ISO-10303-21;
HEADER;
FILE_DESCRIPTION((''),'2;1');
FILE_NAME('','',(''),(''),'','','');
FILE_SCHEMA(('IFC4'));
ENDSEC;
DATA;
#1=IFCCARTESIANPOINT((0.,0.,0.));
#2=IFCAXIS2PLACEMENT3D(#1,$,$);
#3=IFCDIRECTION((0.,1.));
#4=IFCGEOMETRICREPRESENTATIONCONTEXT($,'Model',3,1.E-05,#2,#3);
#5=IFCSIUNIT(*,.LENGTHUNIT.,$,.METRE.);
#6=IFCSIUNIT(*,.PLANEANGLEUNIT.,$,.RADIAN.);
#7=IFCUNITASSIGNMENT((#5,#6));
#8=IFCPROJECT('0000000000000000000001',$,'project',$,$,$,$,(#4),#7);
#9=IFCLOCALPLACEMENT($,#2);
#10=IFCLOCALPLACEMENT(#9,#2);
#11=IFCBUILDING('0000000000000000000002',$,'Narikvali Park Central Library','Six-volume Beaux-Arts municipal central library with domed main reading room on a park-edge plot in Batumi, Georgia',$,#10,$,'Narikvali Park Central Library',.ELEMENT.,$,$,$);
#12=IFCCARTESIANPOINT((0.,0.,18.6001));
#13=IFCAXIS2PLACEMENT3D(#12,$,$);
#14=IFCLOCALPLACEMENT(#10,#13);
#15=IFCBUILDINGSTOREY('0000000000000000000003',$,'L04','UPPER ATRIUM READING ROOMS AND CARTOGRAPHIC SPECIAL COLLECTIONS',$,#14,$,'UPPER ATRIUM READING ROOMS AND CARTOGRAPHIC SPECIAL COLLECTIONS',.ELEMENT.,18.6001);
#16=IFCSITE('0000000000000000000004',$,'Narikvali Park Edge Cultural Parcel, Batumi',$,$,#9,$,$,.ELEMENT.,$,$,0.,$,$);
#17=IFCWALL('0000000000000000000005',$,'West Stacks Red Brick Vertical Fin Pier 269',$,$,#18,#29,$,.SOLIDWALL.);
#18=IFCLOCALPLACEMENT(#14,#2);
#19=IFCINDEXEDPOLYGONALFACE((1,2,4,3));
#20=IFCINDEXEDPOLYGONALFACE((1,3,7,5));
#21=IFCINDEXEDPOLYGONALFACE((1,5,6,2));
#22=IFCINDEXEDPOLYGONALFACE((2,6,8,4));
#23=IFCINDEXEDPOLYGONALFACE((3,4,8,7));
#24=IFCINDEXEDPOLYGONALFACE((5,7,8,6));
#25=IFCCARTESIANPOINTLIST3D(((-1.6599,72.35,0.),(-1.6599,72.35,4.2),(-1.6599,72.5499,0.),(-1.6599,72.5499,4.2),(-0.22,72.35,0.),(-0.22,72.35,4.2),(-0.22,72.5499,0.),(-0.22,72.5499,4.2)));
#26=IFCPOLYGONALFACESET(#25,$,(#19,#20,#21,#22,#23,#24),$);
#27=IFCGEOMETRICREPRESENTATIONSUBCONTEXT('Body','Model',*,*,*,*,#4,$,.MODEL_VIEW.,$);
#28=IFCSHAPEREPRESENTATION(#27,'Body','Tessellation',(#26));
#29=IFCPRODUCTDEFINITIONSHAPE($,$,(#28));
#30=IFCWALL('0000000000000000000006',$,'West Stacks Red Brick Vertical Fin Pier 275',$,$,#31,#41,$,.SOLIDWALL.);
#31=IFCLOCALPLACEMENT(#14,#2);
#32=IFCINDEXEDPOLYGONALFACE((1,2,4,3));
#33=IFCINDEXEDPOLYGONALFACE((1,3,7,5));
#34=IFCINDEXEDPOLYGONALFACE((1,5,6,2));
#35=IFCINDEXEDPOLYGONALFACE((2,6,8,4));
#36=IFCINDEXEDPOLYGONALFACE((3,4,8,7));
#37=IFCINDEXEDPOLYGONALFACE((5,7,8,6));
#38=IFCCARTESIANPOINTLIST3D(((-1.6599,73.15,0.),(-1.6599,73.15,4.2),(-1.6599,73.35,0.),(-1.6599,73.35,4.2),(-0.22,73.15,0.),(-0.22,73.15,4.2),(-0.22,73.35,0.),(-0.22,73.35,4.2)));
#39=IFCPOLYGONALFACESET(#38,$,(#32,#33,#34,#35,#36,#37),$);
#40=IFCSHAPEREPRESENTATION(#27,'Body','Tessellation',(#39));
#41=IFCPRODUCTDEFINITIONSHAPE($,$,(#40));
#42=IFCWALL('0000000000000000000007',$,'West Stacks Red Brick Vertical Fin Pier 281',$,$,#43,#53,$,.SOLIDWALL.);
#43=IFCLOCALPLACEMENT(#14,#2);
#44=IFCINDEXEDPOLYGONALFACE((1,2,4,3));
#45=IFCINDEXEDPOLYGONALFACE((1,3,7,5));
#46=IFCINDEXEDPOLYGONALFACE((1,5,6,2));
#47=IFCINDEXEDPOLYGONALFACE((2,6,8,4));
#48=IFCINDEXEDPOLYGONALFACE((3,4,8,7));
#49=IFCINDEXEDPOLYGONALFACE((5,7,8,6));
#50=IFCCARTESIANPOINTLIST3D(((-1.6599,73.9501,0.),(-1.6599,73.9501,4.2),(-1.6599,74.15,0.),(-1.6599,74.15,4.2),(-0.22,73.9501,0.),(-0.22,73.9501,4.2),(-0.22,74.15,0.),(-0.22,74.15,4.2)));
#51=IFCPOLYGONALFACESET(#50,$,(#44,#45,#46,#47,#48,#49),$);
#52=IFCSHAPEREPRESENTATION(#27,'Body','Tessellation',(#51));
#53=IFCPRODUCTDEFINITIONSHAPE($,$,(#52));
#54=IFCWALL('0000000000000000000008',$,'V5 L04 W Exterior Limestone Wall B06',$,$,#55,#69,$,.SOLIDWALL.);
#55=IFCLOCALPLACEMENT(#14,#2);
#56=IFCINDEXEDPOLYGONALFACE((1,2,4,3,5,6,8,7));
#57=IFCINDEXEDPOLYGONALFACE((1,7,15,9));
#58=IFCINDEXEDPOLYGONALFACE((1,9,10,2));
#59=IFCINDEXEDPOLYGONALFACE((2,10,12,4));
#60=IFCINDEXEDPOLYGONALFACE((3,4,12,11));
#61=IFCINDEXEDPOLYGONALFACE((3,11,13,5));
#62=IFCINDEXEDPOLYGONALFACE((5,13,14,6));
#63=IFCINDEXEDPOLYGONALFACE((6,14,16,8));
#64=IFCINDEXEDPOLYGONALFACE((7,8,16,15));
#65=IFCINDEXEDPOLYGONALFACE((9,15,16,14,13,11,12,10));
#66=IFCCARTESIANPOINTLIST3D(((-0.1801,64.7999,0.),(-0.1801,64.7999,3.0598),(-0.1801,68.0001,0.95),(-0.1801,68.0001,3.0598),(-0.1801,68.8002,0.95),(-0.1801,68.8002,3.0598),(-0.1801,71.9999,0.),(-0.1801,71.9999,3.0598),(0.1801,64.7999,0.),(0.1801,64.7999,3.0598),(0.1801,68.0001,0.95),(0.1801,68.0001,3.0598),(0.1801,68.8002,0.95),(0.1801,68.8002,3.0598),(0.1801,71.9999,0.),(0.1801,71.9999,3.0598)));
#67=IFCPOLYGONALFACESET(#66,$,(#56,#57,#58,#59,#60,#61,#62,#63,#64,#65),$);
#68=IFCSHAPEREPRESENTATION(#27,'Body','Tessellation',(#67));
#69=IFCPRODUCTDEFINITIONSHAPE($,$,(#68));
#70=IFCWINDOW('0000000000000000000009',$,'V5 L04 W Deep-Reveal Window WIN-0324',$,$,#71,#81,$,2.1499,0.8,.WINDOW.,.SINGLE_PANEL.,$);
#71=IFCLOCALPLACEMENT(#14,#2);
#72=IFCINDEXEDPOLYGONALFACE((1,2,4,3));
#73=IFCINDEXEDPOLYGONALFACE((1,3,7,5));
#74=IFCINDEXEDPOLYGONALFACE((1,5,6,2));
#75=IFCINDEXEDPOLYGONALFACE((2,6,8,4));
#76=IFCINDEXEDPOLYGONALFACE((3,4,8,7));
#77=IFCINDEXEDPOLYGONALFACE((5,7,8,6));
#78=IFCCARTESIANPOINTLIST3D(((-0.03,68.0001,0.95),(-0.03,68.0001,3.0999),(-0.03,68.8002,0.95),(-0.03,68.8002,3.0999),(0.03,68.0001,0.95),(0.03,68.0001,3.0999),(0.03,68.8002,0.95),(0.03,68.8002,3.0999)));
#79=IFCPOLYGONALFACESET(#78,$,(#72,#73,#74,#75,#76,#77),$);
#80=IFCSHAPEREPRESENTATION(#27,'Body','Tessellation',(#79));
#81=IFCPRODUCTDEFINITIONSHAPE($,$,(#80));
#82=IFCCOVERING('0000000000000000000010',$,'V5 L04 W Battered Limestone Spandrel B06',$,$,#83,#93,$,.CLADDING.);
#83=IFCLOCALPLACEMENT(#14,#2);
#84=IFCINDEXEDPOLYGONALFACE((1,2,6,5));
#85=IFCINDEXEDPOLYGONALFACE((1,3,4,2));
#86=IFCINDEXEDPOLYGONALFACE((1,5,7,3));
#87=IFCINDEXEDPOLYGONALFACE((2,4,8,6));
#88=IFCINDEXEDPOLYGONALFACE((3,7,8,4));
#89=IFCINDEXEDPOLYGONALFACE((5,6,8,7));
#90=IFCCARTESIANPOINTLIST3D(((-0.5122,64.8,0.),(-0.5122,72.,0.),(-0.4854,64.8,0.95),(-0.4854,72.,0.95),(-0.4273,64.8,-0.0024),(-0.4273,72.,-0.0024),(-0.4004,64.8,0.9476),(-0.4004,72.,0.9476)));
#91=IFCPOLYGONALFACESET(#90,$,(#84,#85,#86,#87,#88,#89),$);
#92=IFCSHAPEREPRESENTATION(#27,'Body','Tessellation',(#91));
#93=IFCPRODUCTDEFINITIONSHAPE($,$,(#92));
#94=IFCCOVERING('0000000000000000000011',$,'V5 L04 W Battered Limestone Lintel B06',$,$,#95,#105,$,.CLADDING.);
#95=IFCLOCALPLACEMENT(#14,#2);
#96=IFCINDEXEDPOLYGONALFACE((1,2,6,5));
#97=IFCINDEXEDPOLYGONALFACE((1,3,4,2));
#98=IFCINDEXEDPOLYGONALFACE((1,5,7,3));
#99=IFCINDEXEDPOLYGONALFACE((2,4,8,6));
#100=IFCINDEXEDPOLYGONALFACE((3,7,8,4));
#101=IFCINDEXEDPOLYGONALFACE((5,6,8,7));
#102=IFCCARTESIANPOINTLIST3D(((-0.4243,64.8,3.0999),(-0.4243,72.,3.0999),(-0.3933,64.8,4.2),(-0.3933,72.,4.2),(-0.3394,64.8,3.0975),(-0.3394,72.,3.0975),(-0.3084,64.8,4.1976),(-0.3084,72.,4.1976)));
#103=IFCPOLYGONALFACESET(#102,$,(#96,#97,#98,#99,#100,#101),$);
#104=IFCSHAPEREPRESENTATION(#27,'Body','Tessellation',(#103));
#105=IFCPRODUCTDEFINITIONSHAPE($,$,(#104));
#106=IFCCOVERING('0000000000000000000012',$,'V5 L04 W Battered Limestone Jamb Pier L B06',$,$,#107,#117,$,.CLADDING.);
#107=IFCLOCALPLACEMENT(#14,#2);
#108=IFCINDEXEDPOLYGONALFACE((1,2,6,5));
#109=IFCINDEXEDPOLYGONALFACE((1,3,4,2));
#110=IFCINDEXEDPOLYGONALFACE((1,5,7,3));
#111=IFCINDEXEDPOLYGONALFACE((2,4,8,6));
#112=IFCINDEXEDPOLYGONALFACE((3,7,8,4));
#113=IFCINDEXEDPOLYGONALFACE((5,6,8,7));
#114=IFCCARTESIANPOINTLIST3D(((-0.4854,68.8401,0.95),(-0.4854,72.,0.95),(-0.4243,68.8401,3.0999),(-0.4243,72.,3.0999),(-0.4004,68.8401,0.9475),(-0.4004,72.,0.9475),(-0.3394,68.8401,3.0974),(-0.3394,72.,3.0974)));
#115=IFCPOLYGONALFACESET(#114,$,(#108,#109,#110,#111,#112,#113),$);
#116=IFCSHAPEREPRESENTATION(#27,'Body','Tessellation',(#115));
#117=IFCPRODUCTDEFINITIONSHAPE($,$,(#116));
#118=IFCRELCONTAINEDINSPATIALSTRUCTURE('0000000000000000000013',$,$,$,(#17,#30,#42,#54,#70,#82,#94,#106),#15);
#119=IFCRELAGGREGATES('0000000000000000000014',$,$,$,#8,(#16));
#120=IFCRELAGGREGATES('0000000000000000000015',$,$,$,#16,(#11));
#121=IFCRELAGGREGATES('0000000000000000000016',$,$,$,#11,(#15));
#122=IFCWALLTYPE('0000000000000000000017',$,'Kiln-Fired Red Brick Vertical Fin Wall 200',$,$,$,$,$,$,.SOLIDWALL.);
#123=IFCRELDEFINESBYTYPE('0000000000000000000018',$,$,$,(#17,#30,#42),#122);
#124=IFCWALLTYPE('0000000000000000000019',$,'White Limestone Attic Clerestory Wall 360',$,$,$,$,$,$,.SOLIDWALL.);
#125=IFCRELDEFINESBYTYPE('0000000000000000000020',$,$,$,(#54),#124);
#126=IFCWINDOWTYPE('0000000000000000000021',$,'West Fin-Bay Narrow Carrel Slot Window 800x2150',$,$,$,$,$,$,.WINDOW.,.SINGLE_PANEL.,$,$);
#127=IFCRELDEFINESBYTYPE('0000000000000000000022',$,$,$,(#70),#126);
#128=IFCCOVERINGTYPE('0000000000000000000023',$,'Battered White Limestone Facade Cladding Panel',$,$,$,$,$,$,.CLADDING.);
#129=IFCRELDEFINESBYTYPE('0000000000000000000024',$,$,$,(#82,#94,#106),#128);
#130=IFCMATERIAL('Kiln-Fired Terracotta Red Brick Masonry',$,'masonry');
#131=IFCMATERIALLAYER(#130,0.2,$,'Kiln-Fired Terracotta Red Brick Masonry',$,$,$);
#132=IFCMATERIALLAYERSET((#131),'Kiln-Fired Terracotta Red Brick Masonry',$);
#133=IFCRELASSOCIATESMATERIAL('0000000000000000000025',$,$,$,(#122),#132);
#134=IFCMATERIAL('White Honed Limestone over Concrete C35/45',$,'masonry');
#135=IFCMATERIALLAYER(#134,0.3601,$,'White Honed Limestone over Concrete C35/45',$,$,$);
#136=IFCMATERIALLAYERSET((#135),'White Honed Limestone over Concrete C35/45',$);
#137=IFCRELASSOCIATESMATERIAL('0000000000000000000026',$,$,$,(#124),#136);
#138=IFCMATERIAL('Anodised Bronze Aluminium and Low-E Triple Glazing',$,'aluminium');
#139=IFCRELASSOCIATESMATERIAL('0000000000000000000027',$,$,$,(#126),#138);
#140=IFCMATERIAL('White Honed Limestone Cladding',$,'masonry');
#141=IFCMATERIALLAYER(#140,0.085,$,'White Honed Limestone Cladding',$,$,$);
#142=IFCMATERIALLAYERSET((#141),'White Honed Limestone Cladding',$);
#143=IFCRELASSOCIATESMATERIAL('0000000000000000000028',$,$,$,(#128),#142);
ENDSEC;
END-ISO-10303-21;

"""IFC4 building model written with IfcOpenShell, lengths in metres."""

from ifc_helpers import new_model, si_unit, direction, frame, frame_2d, origin, place, context, subcontext, project, spatial, polyline, rectangle, outline, extrude, material, layer, layer_set, type_object, element, fill, save


model = new_model("IFC4")

# Units and contexts
model_context = context("Model", 3, precision=1e-05, world=origin(), true_north=direction((0.0, 1.0)))
body_context = subcontext(model_context, "Body", "Model", "MODEL_VIEW")
ifc_project = project(units=[si_unit("LENGTHUNIT", "METRE"), si_unit("PLANEANGLEUNIT", "RADIAN")], contexts=[model_context])

# Site, building, storey
site_placement = place(None, origin())
site = spatial("IfcSite", under=ifc_project, at=site_placement, Name="Narikvali Park Edge Cultural Parcel, Batumi", CompositionType="ELEMENT", RefElevation=0.0)
building_placement = place(site_placement, origin())
building = spatial("IfcBuilding", under=site, at=building_placement, Name="Narikvali Park Central Library", Description="Six-volume Beaux-Arts municipal central library with domed main reading room on a park-edge plot in Batumi, Georgia", LongName="Narikvali Park Central Library", CompositionType="ELEMENT")
storey_placement = place(building_placement, frame((0.0, 0.0, 18.6001)))
storey = spatial("IfcBuildingStorey", under=building, at=storey_placement, Name="L04", Description="UPPER ATRIUM READING ROOMS AND CARTOGRAPHIC SPECIAL COLLECTIONS", LongName="UPPER ATRIUM READING ROOMS AND CARTOGRAPHIC SPECIAL COLLECTIONS", CompositionType="ELEMENT", Elevation=18.6001)

# Walls
ifc_material_1 = material(Name="Kiln-Fired Terracotta Red Brick Masonry", Category="masonry")
ifc_layer_1 = layer(ifc_material_1, 0.2, Name="Kiln-Fired Terracotta Red Brick Masonry")
ifc_layer_set_1 = layer_set([ifc_layer_1], Name="Kiln-Fired Terracotta Red Brick Masonry")
wall_type_1 = type_object("IfcWallType", Name="Kiln-Fired Red Brick Vertical Fin Wall 200", PredefinedType="SOLIDWALL", material=ifc_layer_set_1)
for number, where, z_axis, x_axis, name in (
    (1, (-1.6599, 72.45, 0.0), (0.0, 0.0, 1.0), (1.0, 0.0, 0.0), "West Stacks Red Brick Vertical Fin Pier 269"),
    (2, (-1.6599, 73.25, 0.0), (0.0, 0.0, 1.0), (1.0, 0.0, 0.0), "West Stacks Red Brick Vertical Fin Pier 275"),
    (3, (-1.6599, 74.05, 0.0), (0.0, 0.0, 1.0), (1.0, 0.0, 0.0), "West Stacks Red Brick Vertical Fin Pier 281"),
):
    element("IfcWall", number, at=place(storey_placement, frame(where, z_axis=z_axis, x_axis=x_axis)), inside=storey, type_object=wall_type_1, Name=name, PredefinedType="SOLIDWALL", context=body_context, shape_type="SweptSolid", body=[
        extrude(rectangle(XDim=1.4399, YDim=0.2, at=frame_2d((0.72, 0.0))), origin(), (0.0, 0.0, 1.0), 4.2),
    ])

# Wall, opening, window
ifc_material_2 = material(Name="White Honed Limestone over Concrete C35/45", Category="masonry")
ifc_layer_2 = layer(ifc_material_2, 0.3601, Name="White Honed Limestone over Concrete C35/45")
ifc_layer_set_2 = layer_set([ifc_layer_2], Name="White Honed Limestone over Concrete C35/45")
wall_type_2 = type_object("IfcWallType", Name="White Limestone Attic Clerestory Wall 360", PredefinedType="SOLIDWALL", material=ifc_layer_set_2)
wall_1_placement = place(storey_placement, frame((0.0, 72.0, 0.0), z_axis=(0.0, 0.0, 1.0), x_axis=(0.0, -1.0, 0.0)))
wall_1 = element("IfcWall", 4, at=wall_1_placement, inside=storey, type_object=wall_type_2, Name="V5 L04 W Exterior Limestone Wall B06", PredefinedType="SOLIDWALL", context=body_context, shape_type="SweptSolid", body=[
    extrude(rectangle(XDim=7.2, YDim=0.3601, at=frame_2d((3.6001, 0.0))), origin(), (0.0, 0.0, 1.0), 3.0598),
])
opening_placement = place(wall_1_placement, frame((3.2, 0.0, 0.95)))
opening = element("IfcOpeningElement", 5, at=opening_placement, cuts=wall_1, PredefinedType="OPENING", context=body_context, shape_type="SweptSolid", body=[
    extrude(rectangle(XDim=0.8, YDim=2.1499, at=frame_2d((0.3999, 1.075))), frame((0.0, 0.1919, 0.0), z_axis=(0.0, -1.0, 0.0), x_axis=(1.0, 0.0, 0.0)), (0.0, 0.0, 1.0), 0.384),
])
ifc_material_3 = material(Name="Anodised Bronze Aluminium and Low-E Triple Glazing", Category="aluminium")
window_type = type_object("IfcWindowType", Name="West Fin-Bay Narrow Carrel Slot Window 800x2150", PartitioningType="SINGLE_PANEL", PredefinedType="WINDOW", material=ifc_material_3)
window_placement = place(opening_placement, origin())
window = element("IfcWindow", 6, at=window_placement, inside=storey, type_object=window_type, Name="V5 L04 W Deep-Reveal Window WIN-0324", OverallHeight=2.1499, OverallWidth=0.8, PartitioningType="SINGLE_PANEL", PredefinedType="WINDOW", context=body_context, shape_type="SweptSolid", body=[
    extrude(rectangle(XDim=0.8, YDim=2.1499, at=frame_2d((0.3999, 1.075))), frame((0.0, 0.03, 0.0), z_axis=(0.0, -1.0, 0.0), x_axis=(1.0, 0.0, 0.0)), (0.0, 0.0, 1.0), 0.0601),
])
fill(opening, window)

# Coverings
ifc_material_4 = material(Name="White Honed Limestone Cladding", Category="masonry")
ifc_layer_3 = layer(ifc_material_4, 0.085, Name="White Honed Limestone Cladding")
ifc_layer_set_3 = layer_set([ifc_layer_3], Name="White Honed Limestone Cladding")
covering_type = type_object("IfcCoveringType", Name="Battered White Limestone Facade Cladding Panel", PredefinedType="CLADDING", material=ifc_layer_set_3)
covering_1_placement = place(storey_placement, frame((-0.5122, 72.0, 0.0), z_axis=(-0.999601, 0.0, 0.028259), x_axis=(0.0, -1.0, 0.0)))
element("IfcCovering", 7, at=covering_1_placement, inside=storey, type_object=covering_type, Name="V5 L04 W Battered Limestone Spandrel B06", PredefinedType="CLADDING", context=body_context, shape_type="SweptSolid", body=[
    extrude(outline(polyline([(0.0, 0.0), (7.2, 0.0), (7.2, 0.9503), (0.0, 0.9503), (0.0, 0.0)])), origin(), (0.0, 0.0, -1.0), 0.085),
])
covering_2_placement = place(storey_placement, frame((-0.4243, 72.0, 3.0999), z_axis=(-0.999603, 0.0, 0.028173), x_axis=(0.0, -1.0, 0.0)))
element("IfcCovering", 8, at=covering_2_placement, inside=storey, type_object=covering_type, Name="V5 L04 W Battered Limestone Lintel B06", PredefinedType="CLADDING", context=body_context, shape_type="SweptSolid", body=[
    extrude(outline(polyline([(0.0, 0.0), (7.2, 0.0), (7.2, 1.1005), (0.0, 1.1005), (0.0, 0.0)])), origin(), (0.0, 0.0, -1.0), 0.085),
])
covering_3_placement = place(storey_placement, frame((-0.4854, 72.0, 0.95), z_axis=(-0.999597, 0.0, 0.028378), x_axis=(0.0, -1.0, 0.0)))
element("IfcCovering", 9, at=covering_3_placement, inside=storey, type_object=covering_type, Name="V5 L04 W Battered Limestone Jamb Pier L B06", PredefinedType="CLADDING", context=body_context, shape_type="SweptSolid", body=[
    extrude(outline(polyline([(0.0, 0.0), (3.1599, 0.0), (3.1599, 2.1508), (0.0, 2.1508), (0.0, 0.0)])), origin(), (0.0, 0.0, -1.0), 0.085),
])

save(model, "model.ifc")
